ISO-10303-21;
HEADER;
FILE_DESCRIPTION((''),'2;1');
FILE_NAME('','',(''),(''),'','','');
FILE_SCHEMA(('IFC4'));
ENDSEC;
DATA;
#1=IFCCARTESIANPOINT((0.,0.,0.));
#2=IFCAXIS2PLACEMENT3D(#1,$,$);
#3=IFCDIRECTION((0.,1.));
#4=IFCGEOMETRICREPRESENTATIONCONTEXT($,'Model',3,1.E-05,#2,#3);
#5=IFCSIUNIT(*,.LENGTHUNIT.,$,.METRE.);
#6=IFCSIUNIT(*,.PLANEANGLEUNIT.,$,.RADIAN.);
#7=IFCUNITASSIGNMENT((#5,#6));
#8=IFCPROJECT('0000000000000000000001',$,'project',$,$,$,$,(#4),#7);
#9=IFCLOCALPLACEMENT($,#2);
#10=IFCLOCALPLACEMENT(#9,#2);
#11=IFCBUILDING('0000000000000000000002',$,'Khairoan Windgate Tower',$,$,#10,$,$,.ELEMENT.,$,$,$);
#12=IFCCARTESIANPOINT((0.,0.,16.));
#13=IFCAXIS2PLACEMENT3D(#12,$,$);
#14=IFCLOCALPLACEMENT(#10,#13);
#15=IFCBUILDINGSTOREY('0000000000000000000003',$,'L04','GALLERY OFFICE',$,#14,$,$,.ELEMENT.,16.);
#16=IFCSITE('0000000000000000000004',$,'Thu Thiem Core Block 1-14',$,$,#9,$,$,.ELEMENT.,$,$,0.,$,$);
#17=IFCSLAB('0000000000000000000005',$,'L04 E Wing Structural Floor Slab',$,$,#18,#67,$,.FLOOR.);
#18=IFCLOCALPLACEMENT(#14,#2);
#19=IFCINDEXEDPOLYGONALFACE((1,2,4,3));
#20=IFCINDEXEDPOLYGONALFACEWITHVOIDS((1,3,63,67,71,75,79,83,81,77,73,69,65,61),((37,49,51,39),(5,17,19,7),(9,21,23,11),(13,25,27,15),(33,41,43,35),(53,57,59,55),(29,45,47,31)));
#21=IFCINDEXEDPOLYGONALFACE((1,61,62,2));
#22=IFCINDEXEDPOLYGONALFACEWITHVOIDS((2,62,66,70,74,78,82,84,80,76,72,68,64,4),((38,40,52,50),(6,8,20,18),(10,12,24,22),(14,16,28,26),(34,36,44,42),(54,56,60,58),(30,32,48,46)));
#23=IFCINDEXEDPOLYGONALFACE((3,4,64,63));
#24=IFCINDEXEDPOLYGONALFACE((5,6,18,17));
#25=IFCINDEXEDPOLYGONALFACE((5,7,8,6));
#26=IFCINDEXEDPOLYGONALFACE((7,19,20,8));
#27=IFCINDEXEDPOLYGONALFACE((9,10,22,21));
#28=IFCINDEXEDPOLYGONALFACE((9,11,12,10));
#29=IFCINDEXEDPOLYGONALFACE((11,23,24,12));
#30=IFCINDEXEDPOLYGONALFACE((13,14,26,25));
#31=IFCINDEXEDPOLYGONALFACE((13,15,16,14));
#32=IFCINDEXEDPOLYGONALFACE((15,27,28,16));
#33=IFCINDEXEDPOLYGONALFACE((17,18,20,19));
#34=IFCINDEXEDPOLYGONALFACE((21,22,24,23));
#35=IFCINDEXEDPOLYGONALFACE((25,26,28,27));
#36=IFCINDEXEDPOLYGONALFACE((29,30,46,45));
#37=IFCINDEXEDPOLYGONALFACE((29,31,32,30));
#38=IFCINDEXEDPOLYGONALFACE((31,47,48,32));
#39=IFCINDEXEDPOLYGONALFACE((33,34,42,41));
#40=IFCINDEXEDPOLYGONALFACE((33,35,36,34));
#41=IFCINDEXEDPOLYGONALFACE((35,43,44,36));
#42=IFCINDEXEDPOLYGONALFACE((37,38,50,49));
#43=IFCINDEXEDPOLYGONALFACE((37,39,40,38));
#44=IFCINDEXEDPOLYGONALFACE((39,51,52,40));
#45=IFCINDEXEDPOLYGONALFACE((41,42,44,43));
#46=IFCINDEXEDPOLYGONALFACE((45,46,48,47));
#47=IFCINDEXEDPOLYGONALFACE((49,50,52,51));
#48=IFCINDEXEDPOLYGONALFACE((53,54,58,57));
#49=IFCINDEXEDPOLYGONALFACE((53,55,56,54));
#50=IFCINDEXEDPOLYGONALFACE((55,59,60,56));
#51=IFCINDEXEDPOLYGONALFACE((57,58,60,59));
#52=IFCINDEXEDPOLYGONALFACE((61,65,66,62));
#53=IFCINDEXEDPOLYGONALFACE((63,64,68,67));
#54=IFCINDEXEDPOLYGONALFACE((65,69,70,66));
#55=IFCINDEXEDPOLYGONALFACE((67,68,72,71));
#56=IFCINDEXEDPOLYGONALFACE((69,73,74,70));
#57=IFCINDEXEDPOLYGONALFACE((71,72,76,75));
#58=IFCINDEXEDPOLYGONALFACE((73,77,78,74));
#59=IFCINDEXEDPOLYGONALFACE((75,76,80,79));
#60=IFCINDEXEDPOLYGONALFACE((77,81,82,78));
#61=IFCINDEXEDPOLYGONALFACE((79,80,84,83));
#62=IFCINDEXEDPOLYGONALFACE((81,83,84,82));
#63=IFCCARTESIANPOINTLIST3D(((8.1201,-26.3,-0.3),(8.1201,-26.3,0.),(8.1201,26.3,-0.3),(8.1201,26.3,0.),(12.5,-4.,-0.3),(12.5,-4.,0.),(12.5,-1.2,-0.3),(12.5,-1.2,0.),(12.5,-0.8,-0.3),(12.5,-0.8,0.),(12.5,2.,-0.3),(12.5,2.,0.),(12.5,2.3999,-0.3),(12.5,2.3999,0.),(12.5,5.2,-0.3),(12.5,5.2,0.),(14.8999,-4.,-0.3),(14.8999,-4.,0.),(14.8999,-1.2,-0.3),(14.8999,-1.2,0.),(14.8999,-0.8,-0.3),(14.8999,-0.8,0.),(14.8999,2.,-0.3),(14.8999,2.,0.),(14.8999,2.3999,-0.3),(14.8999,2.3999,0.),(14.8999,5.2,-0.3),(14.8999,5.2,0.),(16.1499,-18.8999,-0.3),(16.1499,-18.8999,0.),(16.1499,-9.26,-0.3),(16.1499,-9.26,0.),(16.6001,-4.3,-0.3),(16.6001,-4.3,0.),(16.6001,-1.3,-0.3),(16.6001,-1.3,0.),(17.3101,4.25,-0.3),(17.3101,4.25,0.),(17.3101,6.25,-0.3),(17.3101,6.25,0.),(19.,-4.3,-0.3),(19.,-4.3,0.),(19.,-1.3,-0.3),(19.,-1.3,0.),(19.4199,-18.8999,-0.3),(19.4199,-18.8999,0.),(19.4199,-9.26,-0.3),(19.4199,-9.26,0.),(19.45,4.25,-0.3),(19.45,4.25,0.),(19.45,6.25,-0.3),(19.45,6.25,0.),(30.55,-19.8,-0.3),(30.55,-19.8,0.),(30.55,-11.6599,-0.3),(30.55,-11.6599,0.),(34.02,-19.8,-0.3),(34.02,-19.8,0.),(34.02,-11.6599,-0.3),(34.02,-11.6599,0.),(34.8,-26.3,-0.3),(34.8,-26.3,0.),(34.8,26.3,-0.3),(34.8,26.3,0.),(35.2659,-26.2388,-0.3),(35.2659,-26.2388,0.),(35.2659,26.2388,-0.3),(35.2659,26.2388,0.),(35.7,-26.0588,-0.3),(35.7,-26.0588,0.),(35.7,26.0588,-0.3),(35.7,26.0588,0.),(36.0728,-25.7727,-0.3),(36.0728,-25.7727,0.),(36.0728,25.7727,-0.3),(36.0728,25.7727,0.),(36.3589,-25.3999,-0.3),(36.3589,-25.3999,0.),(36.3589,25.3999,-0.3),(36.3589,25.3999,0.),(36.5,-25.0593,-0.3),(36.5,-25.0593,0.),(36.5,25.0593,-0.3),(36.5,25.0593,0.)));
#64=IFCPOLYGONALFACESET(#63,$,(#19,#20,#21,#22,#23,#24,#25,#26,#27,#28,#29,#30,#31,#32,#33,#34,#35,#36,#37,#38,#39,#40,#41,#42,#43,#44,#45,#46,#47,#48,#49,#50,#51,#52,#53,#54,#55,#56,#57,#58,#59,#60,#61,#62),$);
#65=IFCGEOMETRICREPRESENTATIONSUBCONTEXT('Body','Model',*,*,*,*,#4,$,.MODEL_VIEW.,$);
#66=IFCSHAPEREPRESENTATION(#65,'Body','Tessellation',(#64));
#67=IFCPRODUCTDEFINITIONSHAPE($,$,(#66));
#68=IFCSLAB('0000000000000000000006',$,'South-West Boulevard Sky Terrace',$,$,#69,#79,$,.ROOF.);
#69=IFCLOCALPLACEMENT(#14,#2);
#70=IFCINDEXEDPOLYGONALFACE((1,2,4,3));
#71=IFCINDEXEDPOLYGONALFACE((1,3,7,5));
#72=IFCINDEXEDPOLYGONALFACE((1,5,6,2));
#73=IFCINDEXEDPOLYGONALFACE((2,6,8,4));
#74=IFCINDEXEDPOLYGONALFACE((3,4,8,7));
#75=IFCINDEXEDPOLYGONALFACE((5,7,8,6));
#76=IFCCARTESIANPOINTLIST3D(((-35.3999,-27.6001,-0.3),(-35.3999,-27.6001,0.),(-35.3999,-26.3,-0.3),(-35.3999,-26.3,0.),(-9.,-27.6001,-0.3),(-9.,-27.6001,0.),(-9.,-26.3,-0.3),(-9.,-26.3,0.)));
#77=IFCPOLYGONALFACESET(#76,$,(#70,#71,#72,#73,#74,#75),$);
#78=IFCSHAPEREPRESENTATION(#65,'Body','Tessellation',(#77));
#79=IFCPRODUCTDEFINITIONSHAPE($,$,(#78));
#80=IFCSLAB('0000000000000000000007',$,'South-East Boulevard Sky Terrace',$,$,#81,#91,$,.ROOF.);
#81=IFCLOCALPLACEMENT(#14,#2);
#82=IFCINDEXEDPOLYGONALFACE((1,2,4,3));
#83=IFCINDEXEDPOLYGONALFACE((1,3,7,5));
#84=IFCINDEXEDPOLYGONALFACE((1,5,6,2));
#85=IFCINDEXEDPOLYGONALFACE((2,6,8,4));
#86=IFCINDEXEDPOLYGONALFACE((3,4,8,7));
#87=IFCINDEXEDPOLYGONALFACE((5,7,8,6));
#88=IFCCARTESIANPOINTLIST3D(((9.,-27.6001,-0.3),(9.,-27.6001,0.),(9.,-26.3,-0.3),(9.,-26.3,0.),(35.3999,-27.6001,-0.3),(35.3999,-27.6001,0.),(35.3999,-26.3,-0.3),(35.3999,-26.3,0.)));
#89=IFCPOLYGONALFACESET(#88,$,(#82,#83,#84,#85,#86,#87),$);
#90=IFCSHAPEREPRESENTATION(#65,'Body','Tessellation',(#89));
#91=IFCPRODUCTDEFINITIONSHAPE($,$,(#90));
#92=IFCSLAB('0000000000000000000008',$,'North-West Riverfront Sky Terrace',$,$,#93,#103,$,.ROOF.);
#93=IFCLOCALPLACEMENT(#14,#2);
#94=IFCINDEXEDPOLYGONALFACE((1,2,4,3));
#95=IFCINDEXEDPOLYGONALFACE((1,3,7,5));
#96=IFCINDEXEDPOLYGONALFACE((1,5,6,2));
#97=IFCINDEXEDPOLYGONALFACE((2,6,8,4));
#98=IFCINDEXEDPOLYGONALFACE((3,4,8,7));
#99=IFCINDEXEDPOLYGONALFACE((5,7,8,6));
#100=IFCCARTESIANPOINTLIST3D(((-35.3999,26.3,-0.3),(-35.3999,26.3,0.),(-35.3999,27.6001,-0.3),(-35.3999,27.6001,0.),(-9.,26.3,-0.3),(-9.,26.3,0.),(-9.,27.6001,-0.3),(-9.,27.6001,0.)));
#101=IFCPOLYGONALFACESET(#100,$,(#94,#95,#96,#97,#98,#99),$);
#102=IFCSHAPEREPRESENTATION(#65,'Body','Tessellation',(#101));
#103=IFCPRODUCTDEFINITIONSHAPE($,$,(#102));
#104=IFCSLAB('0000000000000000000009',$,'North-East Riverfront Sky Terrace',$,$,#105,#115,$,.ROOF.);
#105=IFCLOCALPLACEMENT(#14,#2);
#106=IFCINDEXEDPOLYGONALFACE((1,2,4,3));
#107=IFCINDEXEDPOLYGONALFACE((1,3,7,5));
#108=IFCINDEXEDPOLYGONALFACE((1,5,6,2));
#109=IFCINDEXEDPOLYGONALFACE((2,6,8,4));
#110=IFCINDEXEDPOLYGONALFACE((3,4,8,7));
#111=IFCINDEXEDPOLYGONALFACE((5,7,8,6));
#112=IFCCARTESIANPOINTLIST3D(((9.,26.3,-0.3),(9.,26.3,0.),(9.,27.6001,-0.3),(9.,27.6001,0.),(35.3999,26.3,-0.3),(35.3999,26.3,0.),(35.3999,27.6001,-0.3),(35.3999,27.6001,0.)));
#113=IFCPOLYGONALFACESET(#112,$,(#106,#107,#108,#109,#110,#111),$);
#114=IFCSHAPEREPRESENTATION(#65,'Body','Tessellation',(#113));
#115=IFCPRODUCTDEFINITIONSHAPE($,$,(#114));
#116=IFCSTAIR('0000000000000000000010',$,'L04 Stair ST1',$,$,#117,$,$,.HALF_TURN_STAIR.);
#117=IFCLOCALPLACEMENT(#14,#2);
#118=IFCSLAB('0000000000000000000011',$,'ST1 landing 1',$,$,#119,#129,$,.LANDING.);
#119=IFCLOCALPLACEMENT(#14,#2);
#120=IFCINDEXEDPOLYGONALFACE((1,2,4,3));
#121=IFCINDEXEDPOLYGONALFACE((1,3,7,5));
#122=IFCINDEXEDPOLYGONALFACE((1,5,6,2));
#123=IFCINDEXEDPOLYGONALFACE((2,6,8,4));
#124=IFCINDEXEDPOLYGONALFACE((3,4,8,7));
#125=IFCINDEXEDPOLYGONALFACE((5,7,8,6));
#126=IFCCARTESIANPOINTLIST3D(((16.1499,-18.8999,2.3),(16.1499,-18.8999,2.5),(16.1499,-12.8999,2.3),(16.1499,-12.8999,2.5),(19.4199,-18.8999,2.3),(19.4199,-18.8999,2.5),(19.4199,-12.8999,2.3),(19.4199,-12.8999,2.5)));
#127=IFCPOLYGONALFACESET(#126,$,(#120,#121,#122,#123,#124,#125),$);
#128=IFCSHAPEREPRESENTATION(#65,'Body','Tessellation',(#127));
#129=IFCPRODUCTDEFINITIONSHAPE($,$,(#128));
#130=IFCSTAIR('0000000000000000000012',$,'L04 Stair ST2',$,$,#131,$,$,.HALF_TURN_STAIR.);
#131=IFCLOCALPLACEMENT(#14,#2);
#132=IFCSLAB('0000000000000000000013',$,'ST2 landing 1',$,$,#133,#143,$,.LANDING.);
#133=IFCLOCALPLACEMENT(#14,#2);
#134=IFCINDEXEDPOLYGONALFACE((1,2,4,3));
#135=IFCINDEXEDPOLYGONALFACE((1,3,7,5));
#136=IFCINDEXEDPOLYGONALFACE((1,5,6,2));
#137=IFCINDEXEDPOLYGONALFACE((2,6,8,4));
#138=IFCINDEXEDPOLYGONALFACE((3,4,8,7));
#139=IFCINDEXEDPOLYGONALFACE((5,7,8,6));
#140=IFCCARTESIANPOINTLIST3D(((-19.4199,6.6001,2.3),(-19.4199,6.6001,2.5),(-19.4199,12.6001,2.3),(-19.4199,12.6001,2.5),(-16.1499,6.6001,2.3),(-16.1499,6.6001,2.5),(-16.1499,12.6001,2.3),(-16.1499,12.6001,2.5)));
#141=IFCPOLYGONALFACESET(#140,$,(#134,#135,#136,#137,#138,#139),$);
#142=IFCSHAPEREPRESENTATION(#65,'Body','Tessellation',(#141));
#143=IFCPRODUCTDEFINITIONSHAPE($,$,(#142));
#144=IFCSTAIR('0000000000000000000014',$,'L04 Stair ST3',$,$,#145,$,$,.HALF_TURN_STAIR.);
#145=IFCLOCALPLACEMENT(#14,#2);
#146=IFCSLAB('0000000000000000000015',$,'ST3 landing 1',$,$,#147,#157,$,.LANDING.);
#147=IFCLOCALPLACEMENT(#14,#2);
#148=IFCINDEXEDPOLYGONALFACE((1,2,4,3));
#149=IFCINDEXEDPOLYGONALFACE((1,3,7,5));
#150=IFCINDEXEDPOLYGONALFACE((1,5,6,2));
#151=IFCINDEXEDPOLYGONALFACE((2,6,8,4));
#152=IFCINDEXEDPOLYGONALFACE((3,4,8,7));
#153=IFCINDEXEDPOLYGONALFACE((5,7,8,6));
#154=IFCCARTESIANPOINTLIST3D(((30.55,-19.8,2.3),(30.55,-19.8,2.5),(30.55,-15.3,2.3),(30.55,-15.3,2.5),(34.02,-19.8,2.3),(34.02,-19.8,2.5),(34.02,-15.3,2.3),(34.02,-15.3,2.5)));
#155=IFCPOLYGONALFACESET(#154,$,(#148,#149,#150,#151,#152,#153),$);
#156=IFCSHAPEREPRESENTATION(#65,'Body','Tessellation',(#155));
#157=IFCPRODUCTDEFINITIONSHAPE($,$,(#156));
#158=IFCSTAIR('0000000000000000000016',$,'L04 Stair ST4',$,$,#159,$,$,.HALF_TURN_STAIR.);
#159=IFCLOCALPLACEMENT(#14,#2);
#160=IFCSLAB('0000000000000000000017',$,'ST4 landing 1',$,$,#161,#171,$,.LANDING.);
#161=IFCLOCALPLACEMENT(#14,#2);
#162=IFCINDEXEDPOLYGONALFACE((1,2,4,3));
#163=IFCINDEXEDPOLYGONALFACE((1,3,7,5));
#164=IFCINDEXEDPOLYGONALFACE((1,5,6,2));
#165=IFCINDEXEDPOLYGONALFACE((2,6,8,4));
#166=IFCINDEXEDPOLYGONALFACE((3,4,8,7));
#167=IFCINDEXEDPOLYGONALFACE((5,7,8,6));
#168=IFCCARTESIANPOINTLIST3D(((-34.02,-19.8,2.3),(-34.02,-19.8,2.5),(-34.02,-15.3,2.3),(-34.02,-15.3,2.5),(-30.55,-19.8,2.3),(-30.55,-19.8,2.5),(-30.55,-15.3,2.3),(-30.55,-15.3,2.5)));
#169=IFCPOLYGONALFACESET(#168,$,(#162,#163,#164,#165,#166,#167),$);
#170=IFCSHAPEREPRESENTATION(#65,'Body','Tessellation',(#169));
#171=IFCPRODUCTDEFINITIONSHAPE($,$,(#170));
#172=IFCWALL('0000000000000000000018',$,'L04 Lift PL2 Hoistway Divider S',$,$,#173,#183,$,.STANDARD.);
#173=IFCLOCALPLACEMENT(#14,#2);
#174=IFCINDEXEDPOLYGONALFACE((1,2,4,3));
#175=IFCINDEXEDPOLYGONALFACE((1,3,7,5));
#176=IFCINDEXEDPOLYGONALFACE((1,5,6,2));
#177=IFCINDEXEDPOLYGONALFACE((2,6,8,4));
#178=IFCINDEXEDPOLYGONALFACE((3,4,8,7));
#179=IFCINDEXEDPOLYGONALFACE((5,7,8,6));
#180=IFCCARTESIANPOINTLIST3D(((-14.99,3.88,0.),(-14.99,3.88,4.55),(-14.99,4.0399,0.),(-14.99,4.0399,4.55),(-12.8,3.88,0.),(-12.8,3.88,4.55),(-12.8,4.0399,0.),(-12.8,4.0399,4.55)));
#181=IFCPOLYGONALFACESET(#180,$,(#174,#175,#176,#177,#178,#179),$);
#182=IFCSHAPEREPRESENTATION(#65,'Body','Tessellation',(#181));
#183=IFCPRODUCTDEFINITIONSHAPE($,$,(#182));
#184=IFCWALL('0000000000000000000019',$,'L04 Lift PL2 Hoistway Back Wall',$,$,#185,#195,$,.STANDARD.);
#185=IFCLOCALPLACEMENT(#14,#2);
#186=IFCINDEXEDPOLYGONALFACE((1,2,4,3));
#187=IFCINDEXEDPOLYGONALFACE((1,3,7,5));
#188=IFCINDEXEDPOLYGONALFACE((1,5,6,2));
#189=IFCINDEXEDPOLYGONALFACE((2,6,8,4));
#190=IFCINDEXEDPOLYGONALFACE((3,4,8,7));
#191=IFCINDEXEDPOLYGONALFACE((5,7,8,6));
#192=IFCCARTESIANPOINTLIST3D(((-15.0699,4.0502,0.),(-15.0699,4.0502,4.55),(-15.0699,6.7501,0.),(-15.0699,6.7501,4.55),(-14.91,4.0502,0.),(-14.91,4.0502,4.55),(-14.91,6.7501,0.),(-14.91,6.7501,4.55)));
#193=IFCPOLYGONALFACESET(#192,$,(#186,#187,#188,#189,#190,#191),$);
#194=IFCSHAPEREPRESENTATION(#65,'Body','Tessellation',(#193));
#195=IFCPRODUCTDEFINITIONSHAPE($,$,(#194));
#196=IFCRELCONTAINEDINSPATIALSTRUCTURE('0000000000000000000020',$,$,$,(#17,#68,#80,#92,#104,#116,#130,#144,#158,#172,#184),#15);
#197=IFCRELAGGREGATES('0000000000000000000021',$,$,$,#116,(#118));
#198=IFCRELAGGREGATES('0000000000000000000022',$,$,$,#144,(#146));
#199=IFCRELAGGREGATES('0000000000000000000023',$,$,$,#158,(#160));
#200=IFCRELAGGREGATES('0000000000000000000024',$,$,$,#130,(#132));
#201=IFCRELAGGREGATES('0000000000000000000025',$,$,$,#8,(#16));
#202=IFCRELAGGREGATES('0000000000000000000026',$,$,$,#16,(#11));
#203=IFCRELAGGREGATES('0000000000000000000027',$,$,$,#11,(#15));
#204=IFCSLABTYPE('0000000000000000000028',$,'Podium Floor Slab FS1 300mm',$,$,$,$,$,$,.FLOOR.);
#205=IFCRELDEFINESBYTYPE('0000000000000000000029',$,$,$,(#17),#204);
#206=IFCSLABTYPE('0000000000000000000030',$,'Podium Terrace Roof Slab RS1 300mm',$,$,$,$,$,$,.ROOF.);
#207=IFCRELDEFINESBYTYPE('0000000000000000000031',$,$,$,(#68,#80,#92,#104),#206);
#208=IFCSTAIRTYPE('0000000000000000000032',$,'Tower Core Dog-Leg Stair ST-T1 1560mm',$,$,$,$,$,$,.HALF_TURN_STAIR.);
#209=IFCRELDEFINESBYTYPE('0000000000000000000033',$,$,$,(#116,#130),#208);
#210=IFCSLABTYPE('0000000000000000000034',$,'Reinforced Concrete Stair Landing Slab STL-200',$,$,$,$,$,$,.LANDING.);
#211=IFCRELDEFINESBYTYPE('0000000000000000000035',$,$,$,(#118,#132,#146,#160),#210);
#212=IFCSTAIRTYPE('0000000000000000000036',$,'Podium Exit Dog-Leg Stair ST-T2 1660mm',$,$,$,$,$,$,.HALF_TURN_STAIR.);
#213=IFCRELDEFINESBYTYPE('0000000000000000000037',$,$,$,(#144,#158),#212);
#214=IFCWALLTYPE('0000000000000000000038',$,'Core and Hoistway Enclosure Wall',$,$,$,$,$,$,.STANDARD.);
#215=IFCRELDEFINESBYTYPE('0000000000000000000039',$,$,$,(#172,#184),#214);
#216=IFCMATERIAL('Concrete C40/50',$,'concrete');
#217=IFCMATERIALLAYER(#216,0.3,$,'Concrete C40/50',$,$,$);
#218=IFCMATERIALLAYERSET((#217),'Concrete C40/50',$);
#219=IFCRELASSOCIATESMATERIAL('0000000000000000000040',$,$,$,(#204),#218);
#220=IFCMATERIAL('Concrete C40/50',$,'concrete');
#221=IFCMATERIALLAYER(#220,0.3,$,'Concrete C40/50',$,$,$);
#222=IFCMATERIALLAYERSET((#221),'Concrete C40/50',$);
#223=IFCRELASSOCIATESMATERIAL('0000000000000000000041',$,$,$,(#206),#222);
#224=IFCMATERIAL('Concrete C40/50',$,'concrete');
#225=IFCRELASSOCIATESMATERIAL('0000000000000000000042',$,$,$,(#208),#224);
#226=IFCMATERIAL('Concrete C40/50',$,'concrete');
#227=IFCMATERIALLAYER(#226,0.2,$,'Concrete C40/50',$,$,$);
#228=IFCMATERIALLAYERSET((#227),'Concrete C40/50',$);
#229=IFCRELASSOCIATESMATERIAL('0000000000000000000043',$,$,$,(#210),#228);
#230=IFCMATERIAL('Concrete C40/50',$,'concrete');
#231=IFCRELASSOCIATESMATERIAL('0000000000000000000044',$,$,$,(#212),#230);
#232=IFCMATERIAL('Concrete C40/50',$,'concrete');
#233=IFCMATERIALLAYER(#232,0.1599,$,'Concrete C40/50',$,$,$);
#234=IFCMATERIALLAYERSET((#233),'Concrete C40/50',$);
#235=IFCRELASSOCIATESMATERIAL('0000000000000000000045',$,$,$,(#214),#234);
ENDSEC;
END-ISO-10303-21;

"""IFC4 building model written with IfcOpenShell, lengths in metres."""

from ifc_helpers import new_model, si_unit, direction, frame, frame_2d, origin, place, context, subcontext, project, spatial, polyline, rectangle, outline, extrude, material, layer, layer_set, type_object, element, aggregate, save


model = new_model("IFC4")

# Units and contexts
model_context = context("Model", 3, precision=1e-05, world=origin(), true_north=direction((0.0, 1.0)))
body_context = subcontext(model_context, "Body", "Model", "MODEL_VIEW")
ifc_project = project(units=[si_unit("LENGTHUNIT", "METRE"), si_unit("PLANEANGLEUNIT", "RADIAN")], contexts=[model_context])

# Site, building, storey
site_placement = place(None, origin())
site = spatial("IfcSite", under=ifc_project, at=site_placement, Name="Thu Thiem Core Block 1-14", CompositionType="ELEMENT", RefElevation=0.0)
building_placement = place(site_placement, origin())
building = spatial("IfcBuilding", under=site, at=building_placement, Name="Khairoan Windgate Tower", CompositionType="ELEMENT")
storey_placement = place(building_placement, frame((0.0, 0.0, 16.0)))
storey = spatial("IfcBuildingStorey", under=building, at=storey_placement, Name="L04", Description="GALLERY OFFICE", CompositionType="ELEMENT", Elevation=16.0)

# Slabs
ifc_material_1 = material(Name="Concrete C40/50", Category="concrete")
ifc_layer_1 = layer(ifc_material_1, 0.3, Name="Concrete C40/50")
ifc_layer_set_1 = layer_set([ifc_layer_1], Name="Concrete C40/50")
slab_type_1 = type_object("IfcSlabType", Name="Podium Floor Slab FS1 300mm", PredefinedType="FLOOR", material=ifc_layer_set_1)
slab_1_placement = place(storey_placement, frame((0.0, 0.0, -0.3)))
element("IfcSlab", 1, at=slab_1_placement, inside=storey, type_object=slab_type_1, Name="L04 E Wing Structural Floor Slab", PredefinedType="FLOOR", context=body_context, shape_type="SweptSolid", body=[
    extrude(outline(polyline([(36.3589, -25.3999), (36.0728, -25.7727), (35.7, -26.0588), (35.2659, -26.2388), (34.8, -26.3), (8.1201, -26.3), (8.1201, 26.3), (34.8, 26.3), (35.2659, 26.2388), (35.7, 26.0588), (36.0728, 25.7727), (36.3589, 25.3999), (36.5, 25.0593), (36.5, -25.0593), (36.3589, -25.3999)]), holes=[polyline([(16.1499, -9.26), (16.1499, -18.8999), (19.4199, -18.8999), (19.4199, -9.26), (16.1499, -9.26)]), polyline([(30.55, -11.6599), (30.55, -19.8), (34.02, -19.8), (34.02, -11.6599), (30.55, -11.6599)]), polyline([(12.5, 2.3999), (14.8999, 2.3999), (14.8999, 5.2), (12.5, 5.2), (12.5, 2.3999)]), polyline([(12.5, -0.8), (14.8999, -0.8), (14.8999, 2.0), (12.5, 2.0), (12.5, -0.8)]), polyline([(12.5, -4.0), (14.8999, -4.0), (14.8999, -1.2), (12.5, -1.2), (12.5, -4.0)]), polyline([(16.6001, -4.3), (19.0, -4.3), (19.0, -1.3), (16.6001, -1.3), (16.6001, -4.3)]), polyline([(17.3101, 4.25), (19.45, 4.25), (19.45, 6.25), (17.3101, 6.25), (17.3101, 4.25)])]), origin(), (0.0, 0.0, 1.0), 0.3),
])
ifc_material_2 = material(Name="Concrete C40/50", Category="concrete")
ifc_layer_2 = layer(ifc_material_2, 0.3, Name="Concrete C40/50")
ifc_layer_set_2 = layer_set([ifc_layer_2], Name="Concrete C40/50")
slab_type_2 = type_object("IfcSlabType", Name="Podium Terrace Roof Slab RS1 300mm", PredefinedType="ROOF", material=ifc_layer_set_2)
slab_2_placement = place(storey_placement, frame((0.0, 0.0, -0.3)))
element("IfcSlab", 2, at=slab_2_placement, inside=storey, type_object=slab_type_2, Name="South-West Boulevard Sky Terrace", PredefinedType="ROOF", context=body_context, shape_type="SweptSolid", body=[
    extrude(outline(polyline([(-35.3999, -27.6001), (-9.0, -27.6001), (-9.0, -26.3), (-35.3999, -26.3), (-35.3999, -27.6001)])), origin(), (0.0, 0.0, 1.0), 0.3),
])
slab_3_placement = place(storey_placement, frame((0.0, 0.0, -0.3)))
element("IfcSlab", 3, at=slab_3_placement, inside=storey, type_object=slab_type_2, Name="South-East Boulevard Sky Terrace", PredefinedType="ROOF", context=body_context, shape_type="SweptSolid", body=[
    extrude(outline(polyline([(9.0, -27.6001), (35.3999, -27.6001), (35.3999, -26.3), (9.0, -26.3), (9.0, -27.6001)])), origin(), (0.0, 0.0, 1.0), 0.3),
])
slab_4_placement = place(storey_placement, frame((0.0, 0.0, -0.3)))
element("IfcSlab", 4, at=slab_4_placement, inside=storey, type_object=slab_type_2, Name="North-West Riverfront Sky Terrace", PredefinedType="ROOF", context=body_context, shape_type="SweptSolid", body=[
    extrude(outline(polyline([(-35.3999, 26.3), (-9.0, 26.3), (-9.0, 27.6001), (-35.3999, 27.6001), (-35.3999, 26.3)])), origin(), (0.0, 0.0, 1.0), 0.3),
])
slab_5_placement = place(storey_placement, frame((0.0, 0.0, -0.3)))
element("IfcSlab", 5, at=slab_5_placement, inside=storey, type_object=slab_type_2, Name="North-East Riverfront Sky Terrace", PredefinedType="ROOF", context=body_context, shape_type="SweptSolid", body=[
    extrude(outline(polyline([(9.0, 26.3), (35.3999, 26.3), (35.3999, 27.6001), (9.0, 27.6001), (9.0, 26.3)])), origin(), (0.0, 0.0, 1.0), 0.3),
])

# Stairs, slabs
ifc_material_3 = material(Name="Concrete C40/50", Category="concrete")
stair_type_1 = type_object("IfcStairType", Name="Tower Core Dog-Leg Stair ST-T1 1560mm", PredefinedType="HALF_TURN_STAIR", material=ifc_material_3)
stair_1_placement = place(storey_placement, origin())
stair_1 = element("IfcStair", 6, at=stair_1_placement, inside=storey, type_object=stair_type_1, Name="L04 Stair ST1", PredefinedType="HALF_TURN_STAIR")
ifc_material_4 = material(Name="Concrete C40/50", Category="concrete")
ifc_layer_3 = layer(ifc_material_4, 0.2, Name="Concrete C40/50")
ifc_layer_set_3 = layer_set([ifc_layer_3], Name="Concrete C40/50")
slab_type_3 = type_object("IfcSlabType", Name="Reinforced Concrete Stair Landing Slab STL-200", PredefinedType="LANDING", material=ifc_layer_set_3)
slab_6_placement = place(storey_placement, frame((0.0, 0.0, 2.3)))
slab_6 = element("IfcSlab", 7, at=slab_6_placement, type_object=slab_type_3, Name="ST1 landing 1", PredefinedType="LANDING", context=body_context, shape_type="SweptSolid", body=[
    extrude(outline(polyline([(16.1499, -12.8999), (16.1499, -18.8999), (19.4199, -18.8999), (19.4199, -12.8999), (16.1499, -12.8999)])), origin(), (0.0, 0.0, 1.0), 0.2),
])
aggregate(stair_1, [slab_6])
stair_2_placement = place(storey_placement, origin())
stair_2 = element("IfcStair", 8, at=stair_2_placement, inside=storey, type_object=stair_type_1, Name="L04 Stair ST2", PredefinedType="HALF_TURN_STAIR")
slab_7_placement = place(storey_placement, frame((0.0, 0.0, 2.3)))
slab_7 = element("IfcSlab", 9, at=slab_7_placement, type_object=slab_type_3, Name="ST2 landing 1", PredefinedType="LANDING", context=body_context, shape_type="SweptSolid", body=[
    extrude(outline(polyline([(-16.1499, 6.6001), (-16.1499, 12.6001), (-19.4199, 12.6001), (-19.4199, 6.6001), (-16.1499, 6.6001)])), origin(), (0.0, 0.0, 1.0), 0.2),
])
ifc_material_5 = material(Name="Concrete C40/50", Category="concrete")
stair_type_2 = type_object("IfcStairType", Name="Podium Exit Dog-Leg Stair ST-T2 1660mm", PredefinedType="HALF_TURN_STAIR", material=ifc_material_5)
stair_3_placement = place(storey_placement, origin())
stair_3 = element("IfcStair", 10, at=stair_3_placement, inside=storey, type_object=stair_type_2, Name="L04 Stair ST3", PredefinedType="HALF_TURN_STAIR")
slab_8_placement = place(storey_placement, frame((0.0, 0.0, 2.3)))
slab_8 = element("IfcSlab", 11, at=slab_8_placement, type_object=slab_type_3, Name="ST3 landing 1", PredefinedType="LANDING", context=body_context, shape_type="SweptSolid", body=[
    extrude(outline(polyline([(30.55, -15.3), (30.55, -19.8), (34.02, -19.8), (34.02, -15.3), (30.55, -15.3)])), origin(), (0.0, 0.0, 1.0), 0.2),
])
aggregate(stair_3, [slab_8])
stair_4_placement = place(storey_placement, origin())
stair_4 = element("IfcStair", 12, at=stair_4_placement, inside=storey, type_object=stair_type_2, Name="L04 Stair ST4", PredefinedType="HALF_TURN_STAIR")
slab_9_placement = place(storey_placement, frame((0.0, 0.0, 2.3)))
slab_9 = element("IfcSlab", 13, at=slab_9_placement, type_object=slab_type_3, Name="ST4 landing 1", PredefinedType="LANDING", context=body_context, shape_type="SweptSolid", body=[
    extrude(outline(polyline([(-34.02, -15.3), (-34.02, -19.8), (-30.55, -19.8), (-30.55, -15.3), (-34.02, -15.3)])), origin(), (0.0, 0.0, 1.0), 0.2),
])
aggregate(stair_4, [slab_9])

# Walls
ifc_material_6 = material(Name="Concrete C40/50", Category="concrete")
ifc_layer_4 = layer(ifc_material_6, 0.1599, Name="Concrete C40/50")
ifc_layer_set_4 = layer_set([ifc_layer_4], Name="Concrete C40/50")
wall_type_1 = type_object("IfcWallType", Name="Core and Hoistway Enclosure Wall", PredefinedType="STANDARD", material=ifc_layer_set_4)
wall_1_placement = place(storey_placement, frame((-14.99, 3.96, 0.0), z_axis=(0.0, 0.0, 1.0), x_axis=(1.0, 0.0, 0.0)))
element("IfcWall", 14, at=wall_1_placement, inside=storey, type_object=wall_type_1, Name="L04 Lift PL2 Hoistway Divider S", PredefinedType="STANDARD", context=body_context, shape_type="SweptSolid", body=[
    extrude(rectangle(XDim=2.1899, YDim=0.1599, at=frame_2d((1.095, 0.0))), origin(), (0.0, 0.0, 1.0), 4.55),
])
wall_2_placement = place(storey_placement, frame((-14.99, 4.05, 0.0), z_axis=(0.0, 0.0, 1.0), x_axis=(0.0, 1.0, 0.0)))
element("IfcWall", 15, at=wall_2_placement, inside=storey, type_object=wall_type_1, Name="L04 Lift PL2 Hoistway Back Wall", PredefinedType="STANDARD", context=body_context, shape_type="SweptSolid", body=[
    extrude(rectangle(XDim=2.7, YDim=0.1599, at=frame_2d((1.3501, 0.0))), origin(), (0.0, 0.0, 1.0), 4.55),
])

aggregate(stair_2, [slab_7])

save(model, "model.ifc")
